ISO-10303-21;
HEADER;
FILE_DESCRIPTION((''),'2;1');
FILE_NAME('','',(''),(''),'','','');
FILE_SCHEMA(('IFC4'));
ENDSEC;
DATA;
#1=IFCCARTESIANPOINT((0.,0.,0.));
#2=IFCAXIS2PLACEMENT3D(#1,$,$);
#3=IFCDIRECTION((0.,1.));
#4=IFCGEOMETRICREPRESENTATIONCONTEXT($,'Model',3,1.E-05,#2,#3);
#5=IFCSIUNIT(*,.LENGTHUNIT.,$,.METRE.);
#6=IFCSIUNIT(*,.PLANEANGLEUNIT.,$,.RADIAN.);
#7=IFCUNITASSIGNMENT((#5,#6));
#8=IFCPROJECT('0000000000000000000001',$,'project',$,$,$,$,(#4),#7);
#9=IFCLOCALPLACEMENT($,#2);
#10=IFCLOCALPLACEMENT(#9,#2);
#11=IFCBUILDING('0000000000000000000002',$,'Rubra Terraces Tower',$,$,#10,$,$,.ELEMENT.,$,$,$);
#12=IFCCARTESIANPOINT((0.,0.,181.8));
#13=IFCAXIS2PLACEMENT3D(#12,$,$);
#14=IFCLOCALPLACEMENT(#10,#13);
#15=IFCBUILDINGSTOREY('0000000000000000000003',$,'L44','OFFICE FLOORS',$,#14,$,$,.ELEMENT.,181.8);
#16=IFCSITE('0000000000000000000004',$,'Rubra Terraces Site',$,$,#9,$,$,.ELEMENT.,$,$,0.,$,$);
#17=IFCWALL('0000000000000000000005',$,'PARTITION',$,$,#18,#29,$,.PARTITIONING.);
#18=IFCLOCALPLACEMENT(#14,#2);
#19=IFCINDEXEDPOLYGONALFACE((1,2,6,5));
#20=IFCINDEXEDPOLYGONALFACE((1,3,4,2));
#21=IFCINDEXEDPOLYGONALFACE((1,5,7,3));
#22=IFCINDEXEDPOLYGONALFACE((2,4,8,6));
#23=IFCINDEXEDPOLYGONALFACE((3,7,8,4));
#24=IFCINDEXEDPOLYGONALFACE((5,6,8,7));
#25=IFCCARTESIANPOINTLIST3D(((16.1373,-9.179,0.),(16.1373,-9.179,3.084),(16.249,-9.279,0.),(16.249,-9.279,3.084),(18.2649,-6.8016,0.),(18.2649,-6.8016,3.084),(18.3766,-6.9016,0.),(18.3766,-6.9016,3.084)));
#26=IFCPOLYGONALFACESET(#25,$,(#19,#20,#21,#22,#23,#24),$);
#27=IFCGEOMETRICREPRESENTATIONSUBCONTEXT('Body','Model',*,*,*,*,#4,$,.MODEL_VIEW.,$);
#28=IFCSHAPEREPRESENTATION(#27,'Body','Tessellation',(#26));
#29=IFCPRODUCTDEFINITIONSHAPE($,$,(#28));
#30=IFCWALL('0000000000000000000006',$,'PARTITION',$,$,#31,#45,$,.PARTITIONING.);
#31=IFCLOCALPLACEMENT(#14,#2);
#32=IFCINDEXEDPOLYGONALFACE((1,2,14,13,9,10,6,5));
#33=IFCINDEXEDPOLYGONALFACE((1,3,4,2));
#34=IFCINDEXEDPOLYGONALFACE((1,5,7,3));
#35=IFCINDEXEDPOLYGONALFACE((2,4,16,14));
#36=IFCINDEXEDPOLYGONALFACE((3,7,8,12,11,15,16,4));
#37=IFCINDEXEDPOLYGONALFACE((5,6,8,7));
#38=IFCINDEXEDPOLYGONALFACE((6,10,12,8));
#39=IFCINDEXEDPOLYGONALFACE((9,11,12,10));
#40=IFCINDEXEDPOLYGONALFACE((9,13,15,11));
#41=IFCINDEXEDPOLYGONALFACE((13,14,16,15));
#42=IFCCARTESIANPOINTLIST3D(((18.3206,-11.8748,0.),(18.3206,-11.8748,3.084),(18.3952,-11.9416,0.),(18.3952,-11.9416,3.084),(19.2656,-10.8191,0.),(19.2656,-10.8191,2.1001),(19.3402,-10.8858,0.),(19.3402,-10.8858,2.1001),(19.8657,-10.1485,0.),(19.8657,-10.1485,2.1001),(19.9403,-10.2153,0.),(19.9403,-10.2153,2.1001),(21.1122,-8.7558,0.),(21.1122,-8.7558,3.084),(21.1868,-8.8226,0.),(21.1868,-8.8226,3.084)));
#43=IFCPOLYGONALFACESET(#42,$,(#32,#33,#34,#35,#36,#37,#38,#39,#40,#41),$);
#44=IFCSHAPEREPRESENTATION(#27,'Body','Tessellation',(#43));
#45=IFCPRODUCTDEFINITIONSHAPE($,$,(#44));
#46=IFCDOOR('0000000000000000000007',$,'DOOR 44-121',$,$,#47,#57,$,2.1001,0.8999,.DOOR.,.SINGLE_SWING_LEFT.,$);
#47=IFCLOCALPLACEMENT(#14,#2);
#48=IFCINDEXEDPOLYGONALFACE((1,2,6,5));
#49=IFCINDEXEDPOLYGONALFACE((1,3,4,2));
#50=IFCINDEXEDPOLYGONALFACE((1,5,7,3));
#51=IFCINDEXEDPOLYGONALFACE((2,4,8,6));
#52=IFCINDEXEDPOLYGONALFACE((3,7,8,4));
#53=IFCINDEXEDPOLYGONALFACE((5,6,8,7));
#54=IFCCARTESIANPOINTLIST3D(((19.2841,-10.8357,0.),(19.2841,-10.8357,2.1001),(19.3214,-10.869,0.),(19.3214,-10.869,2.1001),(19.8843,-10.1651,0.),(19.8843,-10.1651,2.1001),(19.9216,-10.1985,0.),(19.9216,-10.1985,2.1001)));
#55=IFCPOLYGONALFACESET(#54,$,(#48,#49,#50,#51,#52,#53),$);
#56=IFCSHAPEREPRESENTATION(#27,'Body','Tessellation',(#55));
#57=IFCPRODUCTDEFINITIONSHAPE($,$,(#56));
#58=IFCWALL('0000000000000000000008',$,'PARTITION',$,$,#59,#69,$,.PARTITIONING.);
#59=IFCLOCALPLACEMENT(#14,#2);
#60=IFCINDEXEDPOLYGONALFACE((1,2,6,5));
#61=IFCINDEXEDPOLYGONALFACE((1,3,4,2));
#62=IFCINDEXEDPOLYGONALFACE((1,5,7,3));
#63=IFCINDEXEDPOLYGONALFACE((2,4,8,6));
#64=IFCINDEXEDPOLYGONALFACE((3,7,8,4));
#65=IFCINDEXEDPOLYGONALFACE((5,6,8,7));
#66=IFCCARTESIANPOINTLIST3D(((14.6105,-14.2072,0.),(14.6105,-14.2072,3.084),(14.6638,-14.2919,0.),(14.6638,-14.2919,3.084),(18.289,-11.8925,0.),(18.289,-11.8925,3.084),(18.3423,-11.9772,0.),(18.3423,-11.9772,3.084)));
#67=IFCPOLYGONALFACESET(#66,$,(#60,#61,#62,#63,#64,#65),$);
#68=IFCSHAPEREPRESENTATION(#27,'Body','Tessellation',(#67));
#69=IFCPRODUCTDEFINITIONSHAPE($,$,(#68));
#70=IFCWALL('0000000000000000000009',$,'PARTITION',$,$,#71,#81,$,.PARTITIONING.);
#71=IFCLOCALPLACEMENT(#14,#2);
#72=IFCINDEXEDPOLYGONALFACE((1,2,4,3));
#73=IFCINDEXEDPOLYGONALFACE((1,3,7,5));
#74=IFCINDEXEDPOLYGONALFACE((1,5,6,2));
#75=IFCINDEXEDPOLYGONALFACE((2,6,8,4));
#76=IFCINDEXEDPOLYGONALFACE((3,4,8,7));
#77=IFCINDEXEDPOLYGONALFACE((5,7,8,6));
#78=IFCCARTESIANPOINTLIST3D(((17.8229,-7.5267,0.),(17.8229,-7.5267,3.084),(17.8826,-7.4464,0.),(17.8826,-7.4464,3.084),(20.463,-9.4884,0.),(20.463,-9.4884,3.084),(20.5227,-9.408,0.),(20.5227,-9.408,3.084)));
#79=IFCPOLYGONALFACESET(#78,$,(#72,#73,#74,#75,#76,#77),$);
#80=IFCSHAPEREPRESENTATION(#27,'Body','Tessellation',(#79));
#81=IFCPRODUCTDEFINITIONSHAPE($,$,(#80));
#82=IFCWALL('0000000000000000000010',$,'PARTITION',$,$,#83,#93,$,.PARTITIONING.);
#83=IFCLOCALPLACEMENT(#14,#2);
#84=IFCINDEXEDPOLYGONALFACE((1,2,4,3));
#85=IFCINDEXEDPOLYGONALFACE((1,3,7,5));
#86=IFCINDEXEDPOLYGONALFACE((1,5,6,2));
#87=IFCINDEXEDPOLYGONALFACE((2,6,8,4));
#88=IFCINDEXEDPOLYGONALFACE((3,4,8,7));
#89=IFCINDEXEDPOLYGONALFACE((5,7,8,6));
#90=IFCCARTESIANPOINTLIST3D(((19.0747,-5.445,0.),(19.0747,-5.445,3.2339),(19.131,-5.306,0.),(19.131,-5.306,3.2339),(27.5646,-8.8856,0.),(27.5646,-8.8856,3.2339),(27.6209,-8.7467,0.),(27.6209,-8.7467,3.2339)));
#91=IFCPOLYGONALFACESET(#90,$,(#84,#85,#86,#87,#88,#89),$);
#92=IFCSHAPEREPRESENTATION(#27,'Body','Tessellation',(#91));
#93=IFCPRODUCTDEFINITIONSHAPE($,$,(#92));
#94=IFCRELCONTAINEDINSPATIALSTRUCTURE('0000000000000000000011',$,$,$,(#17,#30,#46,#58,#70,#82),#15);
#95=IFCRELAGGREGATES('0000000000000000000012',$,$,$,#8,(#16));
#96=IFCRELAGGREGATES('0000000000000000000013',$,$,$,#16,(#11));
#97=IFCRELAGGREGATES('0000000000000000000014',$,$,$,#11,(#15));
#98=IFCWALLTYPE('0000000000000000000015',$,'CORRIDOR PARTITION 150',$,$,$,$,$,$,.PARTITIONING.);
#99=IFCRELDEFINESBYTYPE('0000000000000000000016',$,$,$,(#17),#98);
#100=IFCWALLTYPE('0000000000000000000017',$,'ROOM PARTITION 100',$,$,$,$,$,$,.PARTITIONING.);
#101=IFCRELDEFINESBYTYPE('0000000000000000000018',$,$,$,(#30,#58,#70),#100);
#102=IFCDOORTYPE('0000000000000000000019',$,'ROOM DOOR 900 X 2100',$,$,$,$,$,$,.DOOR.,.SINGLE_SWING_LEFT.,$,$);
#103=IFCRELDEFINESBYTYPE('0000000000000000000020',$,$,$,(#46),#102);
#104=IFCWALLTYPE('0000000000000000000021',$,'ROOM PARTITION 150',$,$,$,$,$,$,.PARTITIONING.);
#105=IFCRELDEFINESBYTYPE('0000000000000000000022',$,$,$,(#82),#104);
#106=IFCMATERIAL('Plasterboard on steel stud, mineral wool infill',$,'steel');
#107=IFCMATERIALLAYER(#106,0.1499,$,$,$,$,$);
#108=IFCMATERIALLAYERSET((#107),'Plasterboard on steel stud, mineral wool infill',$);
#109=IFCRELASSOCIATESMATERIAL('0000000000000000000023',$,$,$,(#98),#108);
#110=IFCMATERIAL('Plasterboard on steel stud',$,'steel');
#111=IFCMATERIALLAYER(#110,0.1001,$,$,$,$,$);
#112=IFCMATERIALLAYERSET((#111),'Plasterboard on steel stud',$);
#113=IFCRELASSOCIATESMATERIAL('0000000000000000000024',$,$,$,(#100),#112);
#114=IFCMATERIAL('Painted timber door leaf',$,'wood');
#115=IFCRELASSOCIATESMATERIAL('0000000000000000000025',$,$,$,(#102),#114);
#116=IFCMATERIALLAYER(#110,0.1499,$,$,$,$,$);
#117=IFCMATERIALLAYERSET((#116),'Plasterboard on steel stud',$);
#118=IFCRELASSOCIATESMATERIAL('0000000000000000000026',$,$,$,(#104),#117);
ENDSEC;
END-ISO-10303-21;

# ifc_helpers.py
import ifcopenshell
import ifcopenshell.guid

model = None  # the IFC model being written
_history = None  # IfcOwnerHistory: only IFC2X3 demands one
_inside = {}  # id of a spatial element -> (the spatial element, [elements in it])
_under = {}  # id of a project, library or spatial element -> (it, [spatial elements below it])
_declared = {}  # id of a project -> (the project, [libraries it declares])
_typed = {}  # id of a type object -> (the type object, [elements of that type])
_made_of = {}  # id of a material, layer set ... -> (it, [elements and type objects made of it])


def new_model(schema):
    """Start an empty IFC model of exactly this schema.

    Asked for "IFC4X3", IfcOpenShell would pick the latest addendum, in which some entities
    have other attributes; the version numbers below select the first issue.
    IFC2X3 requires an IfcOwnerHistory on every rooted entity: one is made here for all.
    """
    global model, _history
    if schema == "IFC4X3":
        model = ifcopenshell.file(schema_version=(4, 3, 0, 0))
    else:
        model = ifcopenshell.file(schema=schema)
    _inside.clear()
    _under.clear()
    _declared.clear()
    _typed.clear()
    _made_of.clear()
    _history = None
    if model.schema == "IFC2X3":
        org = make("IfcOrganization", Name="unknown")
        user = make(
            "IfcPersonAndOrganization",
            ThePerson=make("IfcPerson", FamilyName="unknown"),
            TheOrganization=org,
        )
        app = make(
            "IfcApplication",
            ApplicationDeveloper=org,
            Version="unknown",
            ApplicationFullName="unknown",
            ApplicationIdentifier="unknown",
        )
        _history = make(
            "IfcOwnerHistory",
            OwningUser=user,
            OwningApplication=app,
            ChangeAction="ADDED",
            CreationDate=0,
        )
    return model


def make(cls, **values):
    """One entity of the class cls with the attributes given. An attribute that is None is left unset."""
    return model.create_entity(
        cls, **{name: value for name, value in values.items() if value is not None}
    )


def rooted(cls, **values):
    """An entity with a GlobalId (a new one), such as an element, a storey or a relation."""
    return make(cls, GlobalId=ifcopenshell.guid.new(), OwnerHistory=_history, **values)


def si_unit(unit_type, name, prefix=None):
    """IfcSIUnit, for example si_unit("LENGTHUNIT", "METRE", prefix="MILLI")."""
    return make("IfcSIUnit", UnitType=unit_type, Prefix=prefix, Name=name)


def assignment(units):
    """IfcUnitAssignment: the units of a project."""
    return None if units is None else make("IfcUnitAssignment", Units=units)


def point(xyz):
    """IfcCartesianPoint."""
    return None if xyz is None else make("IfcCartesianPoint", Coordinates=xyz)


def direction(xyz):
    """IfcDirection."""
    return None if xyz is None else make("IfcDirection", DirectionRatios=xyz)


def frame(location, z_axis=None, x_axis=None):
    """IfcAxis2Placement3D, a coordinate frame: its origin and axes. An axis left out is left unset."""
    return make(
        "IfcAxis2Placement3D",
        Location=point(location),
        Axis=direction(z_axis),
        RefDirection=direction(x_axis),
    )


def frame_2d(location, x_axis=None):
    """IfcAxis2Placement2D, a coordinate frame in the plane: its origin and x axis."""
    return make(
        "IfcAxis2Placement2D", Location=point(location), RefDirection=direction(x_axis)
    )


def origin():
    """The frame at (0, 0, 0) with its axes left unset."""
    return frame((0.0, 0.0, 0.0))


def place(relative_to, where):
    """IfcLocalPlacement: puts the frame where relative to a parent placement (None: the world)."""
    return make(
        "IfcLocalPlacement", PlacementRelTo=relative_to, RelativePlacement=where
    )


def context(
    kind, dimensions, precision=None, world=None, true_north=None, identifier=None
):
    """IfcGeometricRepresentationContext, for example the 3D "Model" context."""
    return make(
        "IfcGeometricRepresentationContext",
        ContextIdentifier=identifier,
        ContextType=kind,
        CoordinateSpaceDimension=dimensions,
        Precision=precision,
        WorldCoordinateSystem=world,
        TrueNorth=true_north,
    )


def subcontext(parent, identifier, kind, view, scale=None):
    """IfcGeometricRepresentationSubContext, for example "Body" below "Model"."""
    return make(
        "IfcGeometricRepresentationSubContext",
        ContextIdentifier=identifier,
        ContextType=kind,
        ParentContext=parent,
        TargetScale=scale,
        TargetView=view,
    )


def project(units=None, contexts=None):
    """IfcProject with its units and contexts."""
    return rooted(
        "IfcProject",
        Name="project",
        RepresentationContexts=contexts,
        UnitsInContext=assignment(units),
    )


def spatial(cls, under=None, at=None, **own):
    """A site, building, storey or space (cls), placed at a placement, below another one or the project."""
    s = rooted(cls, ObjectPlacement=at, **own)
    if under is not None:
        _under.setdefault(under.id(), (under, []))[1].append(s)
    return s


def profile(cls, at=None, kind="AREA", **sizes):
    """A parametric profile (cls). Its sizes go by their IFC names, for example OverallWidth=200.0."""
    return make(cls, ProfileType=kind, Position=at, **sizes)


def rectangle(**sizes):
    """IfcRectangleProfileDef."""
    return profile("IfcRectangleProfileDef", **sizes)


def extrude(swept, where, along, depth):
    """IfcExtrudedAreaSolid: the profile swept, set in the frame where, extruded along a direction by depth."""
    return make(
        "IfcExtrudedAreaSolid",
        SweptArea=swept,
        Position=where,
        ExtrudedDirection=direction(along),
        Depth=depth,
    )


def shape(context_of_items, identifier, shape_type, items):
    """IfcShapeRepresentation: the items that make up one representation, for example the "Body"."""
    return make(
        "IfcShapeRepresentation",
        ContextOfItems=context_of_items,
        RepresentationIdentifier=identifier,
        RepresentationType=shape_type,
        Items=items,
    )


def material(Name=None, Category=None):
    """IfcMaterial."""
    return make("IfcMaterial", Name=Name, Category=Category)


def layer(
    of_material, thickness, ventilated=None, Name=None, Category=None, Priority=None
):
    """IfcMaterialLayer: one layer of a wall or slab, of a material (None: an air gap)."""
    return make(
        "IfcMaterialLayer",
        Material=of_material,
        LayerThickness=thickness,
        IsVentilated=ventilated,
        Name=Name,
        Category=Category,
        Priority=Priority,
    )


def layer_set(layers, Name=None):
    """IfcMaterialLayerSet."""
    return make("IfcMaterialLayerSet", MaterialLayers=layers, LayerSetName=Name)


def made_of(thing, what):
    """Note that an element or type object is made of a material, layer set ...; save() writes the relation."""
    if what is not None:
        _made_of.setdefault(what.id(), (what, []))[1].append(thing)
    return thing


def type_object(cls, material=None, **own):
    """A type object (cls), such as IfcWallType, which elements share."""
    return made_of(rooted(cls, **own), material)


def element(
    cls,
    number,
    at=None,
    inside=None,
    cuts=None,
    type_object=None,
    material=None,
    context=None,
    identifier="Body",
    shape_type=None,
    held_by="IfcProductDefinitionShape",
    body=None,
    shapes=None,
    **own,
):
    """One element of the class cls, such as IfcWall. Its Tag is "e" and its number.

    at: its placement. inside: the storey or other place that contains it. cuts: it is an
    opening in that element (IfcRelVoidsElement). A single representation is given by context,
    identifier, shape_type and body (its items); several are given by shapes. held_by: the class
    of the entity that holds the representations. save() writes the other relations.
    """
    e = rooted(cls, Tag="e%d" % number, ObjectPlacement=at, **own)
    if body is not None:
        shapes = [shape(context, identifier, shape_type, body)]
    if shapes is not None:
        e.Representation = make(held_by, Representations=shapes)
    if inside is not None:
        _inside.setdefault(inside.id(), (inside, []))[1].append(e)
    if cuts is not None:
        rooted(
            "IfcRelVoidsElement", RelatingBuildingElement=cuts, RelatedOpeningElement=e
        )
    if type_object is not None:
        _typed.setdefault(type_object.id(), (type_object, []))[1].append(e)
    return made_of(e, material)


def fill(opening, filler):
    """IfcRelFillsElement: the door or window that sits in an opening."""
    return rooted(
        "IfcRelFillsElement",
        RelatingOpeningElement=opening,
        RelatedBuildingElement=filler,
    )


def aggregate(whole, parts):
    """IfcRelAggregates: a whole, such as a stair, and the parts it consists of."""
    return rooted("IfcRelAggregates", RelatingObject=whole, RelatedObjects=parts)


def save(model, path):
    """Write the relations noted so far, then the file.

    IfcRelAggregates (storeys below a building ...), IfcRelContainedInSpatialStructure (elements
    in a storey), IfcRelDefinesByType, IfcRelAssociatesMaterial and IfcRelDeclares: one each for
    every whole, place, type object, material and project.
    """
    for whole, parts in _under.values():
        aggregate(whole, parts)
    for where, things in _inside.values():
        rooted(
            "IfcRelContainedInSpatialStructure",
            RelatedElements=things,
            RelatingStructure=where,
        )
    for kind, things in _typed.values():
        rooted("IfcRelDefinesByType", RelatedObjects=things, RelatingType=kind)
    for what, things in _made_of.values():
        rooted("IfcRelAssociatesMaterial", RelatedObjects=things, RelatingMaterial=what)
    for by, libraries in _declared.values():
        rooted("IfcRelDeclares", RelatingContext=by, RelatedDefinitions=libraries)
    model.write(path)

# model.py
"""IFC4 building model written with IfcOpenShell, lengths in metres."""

from ifc_helpers import new_model, si_unit, direction, frame, frame_2d, origin, place, context, subcontext, project, spatial, rectangle, extrude, material, layer, layer_set, type_object, element, fill, save


model = new_model("IFC4")

# Units and contexts
model_context = context("Model", 3, precision=1e-05, world=origin(), true_north=direction((0.0, 1.0)))
body_context = subcontext(model_context, "Body", "Model", "MODEL_VIEW")
ifc_project = project(units=[si_unit("LENGTHUNIT", "METRE"), si_unit("PLANEANGLEUNIT", "RADIAN")], contexts=[model_context])

# Site, building, storey
site_placement = place(None, origin())
site = spatial("IfcSite", under=ifc_project, at=site_placement, Name="Rubra Terraces Site", CompositionType="ELEMENT", RefElevation=0.0)
building_placement = place(site_placement, origin())
building = spatial("IfcBuilding", under=site, at=building_placement, Name="Rubra Terraces Tower", CompositionType="ELEMENT")
storey_placement = place(building_placement, frame((0.0, 0.0, 181.8)))
storey = spatial("IfcBuildingStorey", under=building, at=storey_placement, Name="L44", Description="OFFICE FLOORS", CompositionType="ELEMENT", Elevation=181.8)

# Wall
ifc_material_1 = material(Name="Plasterboard on steel stud, mineral wool infill", Category="steel")
ifc_layer_1 = layer(ifc_material_1, 0.1499)
ifc_layer_set_1 = layer_set([ifc_layer_1], Name="Plasterboard on steel stud, mineral wool infill")
wall_type_1 = type_object("IfcWallType", Name="CORRIDOR PARTITION 150", PredefinedType="PARTITIONING", material=ifc_layer_set_1)
wall_1_placement = place(storey_placement, frame((16.1931, -9.229, 0.0), z_axis=(0.0, 0.0, 1.0), x_axis=(0.666882, 0.745163, 0.0)))
element("IfcWall", 1, at=wall_1_placement, inside=storey, type_object=wall_type_1, Name="PARTITION", PredefinedType="PARTITIONING", context=body_context, shape_type="SweptSolid", body=[
    extrude(rectangle(XDim=3.1904, YDim=0.1499, at=frame_2d((1.5952, 0.0))), origin(), (0.0, 0.0, 1.0), 3.084),
])

# Wall, opening, door
ifc_material_2 = material(Name="Plasterboard on steel stud", Category="steel")
ifc_layer_2 = layer(ifc_material_2, 0.1001)
ifc_layer_set_2 = layer_set([ifc_layer_2], Name="Plasterboard on steel stud")
wall_type_2 = type_object("IfcWallType", Name="ROOM PARTITION 100", PredefinedType="PARTITIONING", material=ifc_layer_set_2)
wall_2_placement = place(storey_placement, frame((21.1494, -8.7893, 0.0), z_axis=(0.0, 0.0, 1.0), x_axis=(-0.666916, -0.745133, 0.0)))
wall_2 = element("IfcWall", 2, at=wall_2_placement, inside=storey, type_object=wall_type_2, Name="PARTITION", PredefinedType="PARTITIONING", context=body_context, shape_type="SweptSolid", body=[
    extrude(rectangle(XDim=4.1858, YDim=0.1001, at=frame_2d((2.0928, 0.0))), origin(), (0.0, 0.0, 1.0), 3.084),
])
opening_1_placement = place(wall_2_placement, frame((1.8689, 0.0, 0.0)))
opening_1 = element("IfcOpeningElement", 3, at=opening_1_placement, cuts=wall_2, PredefinedType="OPENING", context=body_context, shape_type="SweptSolid", body=[
    extrude(rectangle(XDim=0.8999, YDim=2.1001, at=frame_2d((0.45, 1.05))), frame((0.0, 0.0601, 0.0), z_axis=(0.0, -1.0, 0.0), x_axis=(1.0, 0.0, 0.0)), (0.0, 0.0, 1.0), 0.1201),
])
ifc_material_3 = material(Name="Painted timber door leaf", Category="wood")
door_type = type_object("IfcDoorType", Name="ROOM DOOR 900 X 2100", OperationType="SINGLE_SWING_LEFT", PredefinedType="DOOR", material=ifc_material_3)
door_placement = place(opening_1_placement, origin())
door = element("IfcDoor", 4, at=door_placement, inside=storey, type_object=door_type, Name="DOOR 44-121", OperationType="SINGLE_SWING_LEFT", OverallHeight=2.1001, OverallWidth=0.8999, PredefinedType="DOOR", context=body_context, shape_type="SweptSolid", body=[
    extrude(rectangle(XDim=0.8999, YDim=2.1001, at=frame_2d((0.45, 1.05))), frame((0.0, 0.0249, 0.0), z_axis=(0.0, -1.0, 0.0), x_axis=(1.0, 0.0, 0.0)), (0.0, 0.0, 1.0), 0.05),
])
fill(opening_1, door)

# Walls
wall_3_placement = place(storey_placement, frame((18.3157, -11.9348, 0.0), z_axis=(0.0, 0.0, 1.0), x_axis=(-0.846375, -0.532587, 0.0)))
element("IfcWall", 5, at=wall_3_placement, inside=storey, type_object=wall_type_2, Name="PARTITION", PredefinedType="PARTITIONING", context=body_context, shape_type="SweptSolid", body=[
    extrude(rectangle(XDim=4.3462, YDim=0.1001, at=frame_2d((2.1731, 0.0))), origin(), (0.0, 0.0, 1.0), 3.084),
])
wall_4_placement = place(storey_placement, frame((17.8528, -7.4866, 0.0), z_axis=(0.0, 0.0, 1.0), x_axis=(0.802682, -0.596407, 0.0)))
element("IfcWall", 6, at=wall_4_placement, inside=storey, type_object=wall_type_2, Name="PARTITION", PredefinedType="PARTITIONING", context=body_context, shape_type="SweptSolid", body=[
    extrude(rectangle(XDim=3.2891, YDim=0.1001, at=frame_2d((1.6445, 0.0))), origin(), (0.0, 0.0, 1.0), 3.084),
])
ifc_layer_3 = layer(ifc_material_2, 0.1499)
ifc_layer_set_3 = layer_set([ifc_layer_3], Name="Plasterboard on steel stud")
wall_type_3 = type_object("IfcWallType", Name="ROOM PARTITION 150", PredefinedType="PARTITIONING", material=ifc_layer_set_3)
wall_5_placement = place(storey_placement, frame((27.5928, -8.8162, 0.0), z_axis=(0.0, 0.0, 1.0), x_axis=(-0.926785, 0.375591, 0.0)))
element("IfcWall", 7, at=wall_5_placement, inside=storey, type_object=wall_type_3, Name="PARTITION", PredefinedType="PARTITIONING", context=body_context, shape_type="SweptSolid", body=[
    extrude(rectangle(XDim=9.1606, YDim=0.1499, at=frame_2d((4.5803, 0.0))), origin(), (0.0, 0.0, 1.0), 3.2339),
])

save(model, "model.ifc")
